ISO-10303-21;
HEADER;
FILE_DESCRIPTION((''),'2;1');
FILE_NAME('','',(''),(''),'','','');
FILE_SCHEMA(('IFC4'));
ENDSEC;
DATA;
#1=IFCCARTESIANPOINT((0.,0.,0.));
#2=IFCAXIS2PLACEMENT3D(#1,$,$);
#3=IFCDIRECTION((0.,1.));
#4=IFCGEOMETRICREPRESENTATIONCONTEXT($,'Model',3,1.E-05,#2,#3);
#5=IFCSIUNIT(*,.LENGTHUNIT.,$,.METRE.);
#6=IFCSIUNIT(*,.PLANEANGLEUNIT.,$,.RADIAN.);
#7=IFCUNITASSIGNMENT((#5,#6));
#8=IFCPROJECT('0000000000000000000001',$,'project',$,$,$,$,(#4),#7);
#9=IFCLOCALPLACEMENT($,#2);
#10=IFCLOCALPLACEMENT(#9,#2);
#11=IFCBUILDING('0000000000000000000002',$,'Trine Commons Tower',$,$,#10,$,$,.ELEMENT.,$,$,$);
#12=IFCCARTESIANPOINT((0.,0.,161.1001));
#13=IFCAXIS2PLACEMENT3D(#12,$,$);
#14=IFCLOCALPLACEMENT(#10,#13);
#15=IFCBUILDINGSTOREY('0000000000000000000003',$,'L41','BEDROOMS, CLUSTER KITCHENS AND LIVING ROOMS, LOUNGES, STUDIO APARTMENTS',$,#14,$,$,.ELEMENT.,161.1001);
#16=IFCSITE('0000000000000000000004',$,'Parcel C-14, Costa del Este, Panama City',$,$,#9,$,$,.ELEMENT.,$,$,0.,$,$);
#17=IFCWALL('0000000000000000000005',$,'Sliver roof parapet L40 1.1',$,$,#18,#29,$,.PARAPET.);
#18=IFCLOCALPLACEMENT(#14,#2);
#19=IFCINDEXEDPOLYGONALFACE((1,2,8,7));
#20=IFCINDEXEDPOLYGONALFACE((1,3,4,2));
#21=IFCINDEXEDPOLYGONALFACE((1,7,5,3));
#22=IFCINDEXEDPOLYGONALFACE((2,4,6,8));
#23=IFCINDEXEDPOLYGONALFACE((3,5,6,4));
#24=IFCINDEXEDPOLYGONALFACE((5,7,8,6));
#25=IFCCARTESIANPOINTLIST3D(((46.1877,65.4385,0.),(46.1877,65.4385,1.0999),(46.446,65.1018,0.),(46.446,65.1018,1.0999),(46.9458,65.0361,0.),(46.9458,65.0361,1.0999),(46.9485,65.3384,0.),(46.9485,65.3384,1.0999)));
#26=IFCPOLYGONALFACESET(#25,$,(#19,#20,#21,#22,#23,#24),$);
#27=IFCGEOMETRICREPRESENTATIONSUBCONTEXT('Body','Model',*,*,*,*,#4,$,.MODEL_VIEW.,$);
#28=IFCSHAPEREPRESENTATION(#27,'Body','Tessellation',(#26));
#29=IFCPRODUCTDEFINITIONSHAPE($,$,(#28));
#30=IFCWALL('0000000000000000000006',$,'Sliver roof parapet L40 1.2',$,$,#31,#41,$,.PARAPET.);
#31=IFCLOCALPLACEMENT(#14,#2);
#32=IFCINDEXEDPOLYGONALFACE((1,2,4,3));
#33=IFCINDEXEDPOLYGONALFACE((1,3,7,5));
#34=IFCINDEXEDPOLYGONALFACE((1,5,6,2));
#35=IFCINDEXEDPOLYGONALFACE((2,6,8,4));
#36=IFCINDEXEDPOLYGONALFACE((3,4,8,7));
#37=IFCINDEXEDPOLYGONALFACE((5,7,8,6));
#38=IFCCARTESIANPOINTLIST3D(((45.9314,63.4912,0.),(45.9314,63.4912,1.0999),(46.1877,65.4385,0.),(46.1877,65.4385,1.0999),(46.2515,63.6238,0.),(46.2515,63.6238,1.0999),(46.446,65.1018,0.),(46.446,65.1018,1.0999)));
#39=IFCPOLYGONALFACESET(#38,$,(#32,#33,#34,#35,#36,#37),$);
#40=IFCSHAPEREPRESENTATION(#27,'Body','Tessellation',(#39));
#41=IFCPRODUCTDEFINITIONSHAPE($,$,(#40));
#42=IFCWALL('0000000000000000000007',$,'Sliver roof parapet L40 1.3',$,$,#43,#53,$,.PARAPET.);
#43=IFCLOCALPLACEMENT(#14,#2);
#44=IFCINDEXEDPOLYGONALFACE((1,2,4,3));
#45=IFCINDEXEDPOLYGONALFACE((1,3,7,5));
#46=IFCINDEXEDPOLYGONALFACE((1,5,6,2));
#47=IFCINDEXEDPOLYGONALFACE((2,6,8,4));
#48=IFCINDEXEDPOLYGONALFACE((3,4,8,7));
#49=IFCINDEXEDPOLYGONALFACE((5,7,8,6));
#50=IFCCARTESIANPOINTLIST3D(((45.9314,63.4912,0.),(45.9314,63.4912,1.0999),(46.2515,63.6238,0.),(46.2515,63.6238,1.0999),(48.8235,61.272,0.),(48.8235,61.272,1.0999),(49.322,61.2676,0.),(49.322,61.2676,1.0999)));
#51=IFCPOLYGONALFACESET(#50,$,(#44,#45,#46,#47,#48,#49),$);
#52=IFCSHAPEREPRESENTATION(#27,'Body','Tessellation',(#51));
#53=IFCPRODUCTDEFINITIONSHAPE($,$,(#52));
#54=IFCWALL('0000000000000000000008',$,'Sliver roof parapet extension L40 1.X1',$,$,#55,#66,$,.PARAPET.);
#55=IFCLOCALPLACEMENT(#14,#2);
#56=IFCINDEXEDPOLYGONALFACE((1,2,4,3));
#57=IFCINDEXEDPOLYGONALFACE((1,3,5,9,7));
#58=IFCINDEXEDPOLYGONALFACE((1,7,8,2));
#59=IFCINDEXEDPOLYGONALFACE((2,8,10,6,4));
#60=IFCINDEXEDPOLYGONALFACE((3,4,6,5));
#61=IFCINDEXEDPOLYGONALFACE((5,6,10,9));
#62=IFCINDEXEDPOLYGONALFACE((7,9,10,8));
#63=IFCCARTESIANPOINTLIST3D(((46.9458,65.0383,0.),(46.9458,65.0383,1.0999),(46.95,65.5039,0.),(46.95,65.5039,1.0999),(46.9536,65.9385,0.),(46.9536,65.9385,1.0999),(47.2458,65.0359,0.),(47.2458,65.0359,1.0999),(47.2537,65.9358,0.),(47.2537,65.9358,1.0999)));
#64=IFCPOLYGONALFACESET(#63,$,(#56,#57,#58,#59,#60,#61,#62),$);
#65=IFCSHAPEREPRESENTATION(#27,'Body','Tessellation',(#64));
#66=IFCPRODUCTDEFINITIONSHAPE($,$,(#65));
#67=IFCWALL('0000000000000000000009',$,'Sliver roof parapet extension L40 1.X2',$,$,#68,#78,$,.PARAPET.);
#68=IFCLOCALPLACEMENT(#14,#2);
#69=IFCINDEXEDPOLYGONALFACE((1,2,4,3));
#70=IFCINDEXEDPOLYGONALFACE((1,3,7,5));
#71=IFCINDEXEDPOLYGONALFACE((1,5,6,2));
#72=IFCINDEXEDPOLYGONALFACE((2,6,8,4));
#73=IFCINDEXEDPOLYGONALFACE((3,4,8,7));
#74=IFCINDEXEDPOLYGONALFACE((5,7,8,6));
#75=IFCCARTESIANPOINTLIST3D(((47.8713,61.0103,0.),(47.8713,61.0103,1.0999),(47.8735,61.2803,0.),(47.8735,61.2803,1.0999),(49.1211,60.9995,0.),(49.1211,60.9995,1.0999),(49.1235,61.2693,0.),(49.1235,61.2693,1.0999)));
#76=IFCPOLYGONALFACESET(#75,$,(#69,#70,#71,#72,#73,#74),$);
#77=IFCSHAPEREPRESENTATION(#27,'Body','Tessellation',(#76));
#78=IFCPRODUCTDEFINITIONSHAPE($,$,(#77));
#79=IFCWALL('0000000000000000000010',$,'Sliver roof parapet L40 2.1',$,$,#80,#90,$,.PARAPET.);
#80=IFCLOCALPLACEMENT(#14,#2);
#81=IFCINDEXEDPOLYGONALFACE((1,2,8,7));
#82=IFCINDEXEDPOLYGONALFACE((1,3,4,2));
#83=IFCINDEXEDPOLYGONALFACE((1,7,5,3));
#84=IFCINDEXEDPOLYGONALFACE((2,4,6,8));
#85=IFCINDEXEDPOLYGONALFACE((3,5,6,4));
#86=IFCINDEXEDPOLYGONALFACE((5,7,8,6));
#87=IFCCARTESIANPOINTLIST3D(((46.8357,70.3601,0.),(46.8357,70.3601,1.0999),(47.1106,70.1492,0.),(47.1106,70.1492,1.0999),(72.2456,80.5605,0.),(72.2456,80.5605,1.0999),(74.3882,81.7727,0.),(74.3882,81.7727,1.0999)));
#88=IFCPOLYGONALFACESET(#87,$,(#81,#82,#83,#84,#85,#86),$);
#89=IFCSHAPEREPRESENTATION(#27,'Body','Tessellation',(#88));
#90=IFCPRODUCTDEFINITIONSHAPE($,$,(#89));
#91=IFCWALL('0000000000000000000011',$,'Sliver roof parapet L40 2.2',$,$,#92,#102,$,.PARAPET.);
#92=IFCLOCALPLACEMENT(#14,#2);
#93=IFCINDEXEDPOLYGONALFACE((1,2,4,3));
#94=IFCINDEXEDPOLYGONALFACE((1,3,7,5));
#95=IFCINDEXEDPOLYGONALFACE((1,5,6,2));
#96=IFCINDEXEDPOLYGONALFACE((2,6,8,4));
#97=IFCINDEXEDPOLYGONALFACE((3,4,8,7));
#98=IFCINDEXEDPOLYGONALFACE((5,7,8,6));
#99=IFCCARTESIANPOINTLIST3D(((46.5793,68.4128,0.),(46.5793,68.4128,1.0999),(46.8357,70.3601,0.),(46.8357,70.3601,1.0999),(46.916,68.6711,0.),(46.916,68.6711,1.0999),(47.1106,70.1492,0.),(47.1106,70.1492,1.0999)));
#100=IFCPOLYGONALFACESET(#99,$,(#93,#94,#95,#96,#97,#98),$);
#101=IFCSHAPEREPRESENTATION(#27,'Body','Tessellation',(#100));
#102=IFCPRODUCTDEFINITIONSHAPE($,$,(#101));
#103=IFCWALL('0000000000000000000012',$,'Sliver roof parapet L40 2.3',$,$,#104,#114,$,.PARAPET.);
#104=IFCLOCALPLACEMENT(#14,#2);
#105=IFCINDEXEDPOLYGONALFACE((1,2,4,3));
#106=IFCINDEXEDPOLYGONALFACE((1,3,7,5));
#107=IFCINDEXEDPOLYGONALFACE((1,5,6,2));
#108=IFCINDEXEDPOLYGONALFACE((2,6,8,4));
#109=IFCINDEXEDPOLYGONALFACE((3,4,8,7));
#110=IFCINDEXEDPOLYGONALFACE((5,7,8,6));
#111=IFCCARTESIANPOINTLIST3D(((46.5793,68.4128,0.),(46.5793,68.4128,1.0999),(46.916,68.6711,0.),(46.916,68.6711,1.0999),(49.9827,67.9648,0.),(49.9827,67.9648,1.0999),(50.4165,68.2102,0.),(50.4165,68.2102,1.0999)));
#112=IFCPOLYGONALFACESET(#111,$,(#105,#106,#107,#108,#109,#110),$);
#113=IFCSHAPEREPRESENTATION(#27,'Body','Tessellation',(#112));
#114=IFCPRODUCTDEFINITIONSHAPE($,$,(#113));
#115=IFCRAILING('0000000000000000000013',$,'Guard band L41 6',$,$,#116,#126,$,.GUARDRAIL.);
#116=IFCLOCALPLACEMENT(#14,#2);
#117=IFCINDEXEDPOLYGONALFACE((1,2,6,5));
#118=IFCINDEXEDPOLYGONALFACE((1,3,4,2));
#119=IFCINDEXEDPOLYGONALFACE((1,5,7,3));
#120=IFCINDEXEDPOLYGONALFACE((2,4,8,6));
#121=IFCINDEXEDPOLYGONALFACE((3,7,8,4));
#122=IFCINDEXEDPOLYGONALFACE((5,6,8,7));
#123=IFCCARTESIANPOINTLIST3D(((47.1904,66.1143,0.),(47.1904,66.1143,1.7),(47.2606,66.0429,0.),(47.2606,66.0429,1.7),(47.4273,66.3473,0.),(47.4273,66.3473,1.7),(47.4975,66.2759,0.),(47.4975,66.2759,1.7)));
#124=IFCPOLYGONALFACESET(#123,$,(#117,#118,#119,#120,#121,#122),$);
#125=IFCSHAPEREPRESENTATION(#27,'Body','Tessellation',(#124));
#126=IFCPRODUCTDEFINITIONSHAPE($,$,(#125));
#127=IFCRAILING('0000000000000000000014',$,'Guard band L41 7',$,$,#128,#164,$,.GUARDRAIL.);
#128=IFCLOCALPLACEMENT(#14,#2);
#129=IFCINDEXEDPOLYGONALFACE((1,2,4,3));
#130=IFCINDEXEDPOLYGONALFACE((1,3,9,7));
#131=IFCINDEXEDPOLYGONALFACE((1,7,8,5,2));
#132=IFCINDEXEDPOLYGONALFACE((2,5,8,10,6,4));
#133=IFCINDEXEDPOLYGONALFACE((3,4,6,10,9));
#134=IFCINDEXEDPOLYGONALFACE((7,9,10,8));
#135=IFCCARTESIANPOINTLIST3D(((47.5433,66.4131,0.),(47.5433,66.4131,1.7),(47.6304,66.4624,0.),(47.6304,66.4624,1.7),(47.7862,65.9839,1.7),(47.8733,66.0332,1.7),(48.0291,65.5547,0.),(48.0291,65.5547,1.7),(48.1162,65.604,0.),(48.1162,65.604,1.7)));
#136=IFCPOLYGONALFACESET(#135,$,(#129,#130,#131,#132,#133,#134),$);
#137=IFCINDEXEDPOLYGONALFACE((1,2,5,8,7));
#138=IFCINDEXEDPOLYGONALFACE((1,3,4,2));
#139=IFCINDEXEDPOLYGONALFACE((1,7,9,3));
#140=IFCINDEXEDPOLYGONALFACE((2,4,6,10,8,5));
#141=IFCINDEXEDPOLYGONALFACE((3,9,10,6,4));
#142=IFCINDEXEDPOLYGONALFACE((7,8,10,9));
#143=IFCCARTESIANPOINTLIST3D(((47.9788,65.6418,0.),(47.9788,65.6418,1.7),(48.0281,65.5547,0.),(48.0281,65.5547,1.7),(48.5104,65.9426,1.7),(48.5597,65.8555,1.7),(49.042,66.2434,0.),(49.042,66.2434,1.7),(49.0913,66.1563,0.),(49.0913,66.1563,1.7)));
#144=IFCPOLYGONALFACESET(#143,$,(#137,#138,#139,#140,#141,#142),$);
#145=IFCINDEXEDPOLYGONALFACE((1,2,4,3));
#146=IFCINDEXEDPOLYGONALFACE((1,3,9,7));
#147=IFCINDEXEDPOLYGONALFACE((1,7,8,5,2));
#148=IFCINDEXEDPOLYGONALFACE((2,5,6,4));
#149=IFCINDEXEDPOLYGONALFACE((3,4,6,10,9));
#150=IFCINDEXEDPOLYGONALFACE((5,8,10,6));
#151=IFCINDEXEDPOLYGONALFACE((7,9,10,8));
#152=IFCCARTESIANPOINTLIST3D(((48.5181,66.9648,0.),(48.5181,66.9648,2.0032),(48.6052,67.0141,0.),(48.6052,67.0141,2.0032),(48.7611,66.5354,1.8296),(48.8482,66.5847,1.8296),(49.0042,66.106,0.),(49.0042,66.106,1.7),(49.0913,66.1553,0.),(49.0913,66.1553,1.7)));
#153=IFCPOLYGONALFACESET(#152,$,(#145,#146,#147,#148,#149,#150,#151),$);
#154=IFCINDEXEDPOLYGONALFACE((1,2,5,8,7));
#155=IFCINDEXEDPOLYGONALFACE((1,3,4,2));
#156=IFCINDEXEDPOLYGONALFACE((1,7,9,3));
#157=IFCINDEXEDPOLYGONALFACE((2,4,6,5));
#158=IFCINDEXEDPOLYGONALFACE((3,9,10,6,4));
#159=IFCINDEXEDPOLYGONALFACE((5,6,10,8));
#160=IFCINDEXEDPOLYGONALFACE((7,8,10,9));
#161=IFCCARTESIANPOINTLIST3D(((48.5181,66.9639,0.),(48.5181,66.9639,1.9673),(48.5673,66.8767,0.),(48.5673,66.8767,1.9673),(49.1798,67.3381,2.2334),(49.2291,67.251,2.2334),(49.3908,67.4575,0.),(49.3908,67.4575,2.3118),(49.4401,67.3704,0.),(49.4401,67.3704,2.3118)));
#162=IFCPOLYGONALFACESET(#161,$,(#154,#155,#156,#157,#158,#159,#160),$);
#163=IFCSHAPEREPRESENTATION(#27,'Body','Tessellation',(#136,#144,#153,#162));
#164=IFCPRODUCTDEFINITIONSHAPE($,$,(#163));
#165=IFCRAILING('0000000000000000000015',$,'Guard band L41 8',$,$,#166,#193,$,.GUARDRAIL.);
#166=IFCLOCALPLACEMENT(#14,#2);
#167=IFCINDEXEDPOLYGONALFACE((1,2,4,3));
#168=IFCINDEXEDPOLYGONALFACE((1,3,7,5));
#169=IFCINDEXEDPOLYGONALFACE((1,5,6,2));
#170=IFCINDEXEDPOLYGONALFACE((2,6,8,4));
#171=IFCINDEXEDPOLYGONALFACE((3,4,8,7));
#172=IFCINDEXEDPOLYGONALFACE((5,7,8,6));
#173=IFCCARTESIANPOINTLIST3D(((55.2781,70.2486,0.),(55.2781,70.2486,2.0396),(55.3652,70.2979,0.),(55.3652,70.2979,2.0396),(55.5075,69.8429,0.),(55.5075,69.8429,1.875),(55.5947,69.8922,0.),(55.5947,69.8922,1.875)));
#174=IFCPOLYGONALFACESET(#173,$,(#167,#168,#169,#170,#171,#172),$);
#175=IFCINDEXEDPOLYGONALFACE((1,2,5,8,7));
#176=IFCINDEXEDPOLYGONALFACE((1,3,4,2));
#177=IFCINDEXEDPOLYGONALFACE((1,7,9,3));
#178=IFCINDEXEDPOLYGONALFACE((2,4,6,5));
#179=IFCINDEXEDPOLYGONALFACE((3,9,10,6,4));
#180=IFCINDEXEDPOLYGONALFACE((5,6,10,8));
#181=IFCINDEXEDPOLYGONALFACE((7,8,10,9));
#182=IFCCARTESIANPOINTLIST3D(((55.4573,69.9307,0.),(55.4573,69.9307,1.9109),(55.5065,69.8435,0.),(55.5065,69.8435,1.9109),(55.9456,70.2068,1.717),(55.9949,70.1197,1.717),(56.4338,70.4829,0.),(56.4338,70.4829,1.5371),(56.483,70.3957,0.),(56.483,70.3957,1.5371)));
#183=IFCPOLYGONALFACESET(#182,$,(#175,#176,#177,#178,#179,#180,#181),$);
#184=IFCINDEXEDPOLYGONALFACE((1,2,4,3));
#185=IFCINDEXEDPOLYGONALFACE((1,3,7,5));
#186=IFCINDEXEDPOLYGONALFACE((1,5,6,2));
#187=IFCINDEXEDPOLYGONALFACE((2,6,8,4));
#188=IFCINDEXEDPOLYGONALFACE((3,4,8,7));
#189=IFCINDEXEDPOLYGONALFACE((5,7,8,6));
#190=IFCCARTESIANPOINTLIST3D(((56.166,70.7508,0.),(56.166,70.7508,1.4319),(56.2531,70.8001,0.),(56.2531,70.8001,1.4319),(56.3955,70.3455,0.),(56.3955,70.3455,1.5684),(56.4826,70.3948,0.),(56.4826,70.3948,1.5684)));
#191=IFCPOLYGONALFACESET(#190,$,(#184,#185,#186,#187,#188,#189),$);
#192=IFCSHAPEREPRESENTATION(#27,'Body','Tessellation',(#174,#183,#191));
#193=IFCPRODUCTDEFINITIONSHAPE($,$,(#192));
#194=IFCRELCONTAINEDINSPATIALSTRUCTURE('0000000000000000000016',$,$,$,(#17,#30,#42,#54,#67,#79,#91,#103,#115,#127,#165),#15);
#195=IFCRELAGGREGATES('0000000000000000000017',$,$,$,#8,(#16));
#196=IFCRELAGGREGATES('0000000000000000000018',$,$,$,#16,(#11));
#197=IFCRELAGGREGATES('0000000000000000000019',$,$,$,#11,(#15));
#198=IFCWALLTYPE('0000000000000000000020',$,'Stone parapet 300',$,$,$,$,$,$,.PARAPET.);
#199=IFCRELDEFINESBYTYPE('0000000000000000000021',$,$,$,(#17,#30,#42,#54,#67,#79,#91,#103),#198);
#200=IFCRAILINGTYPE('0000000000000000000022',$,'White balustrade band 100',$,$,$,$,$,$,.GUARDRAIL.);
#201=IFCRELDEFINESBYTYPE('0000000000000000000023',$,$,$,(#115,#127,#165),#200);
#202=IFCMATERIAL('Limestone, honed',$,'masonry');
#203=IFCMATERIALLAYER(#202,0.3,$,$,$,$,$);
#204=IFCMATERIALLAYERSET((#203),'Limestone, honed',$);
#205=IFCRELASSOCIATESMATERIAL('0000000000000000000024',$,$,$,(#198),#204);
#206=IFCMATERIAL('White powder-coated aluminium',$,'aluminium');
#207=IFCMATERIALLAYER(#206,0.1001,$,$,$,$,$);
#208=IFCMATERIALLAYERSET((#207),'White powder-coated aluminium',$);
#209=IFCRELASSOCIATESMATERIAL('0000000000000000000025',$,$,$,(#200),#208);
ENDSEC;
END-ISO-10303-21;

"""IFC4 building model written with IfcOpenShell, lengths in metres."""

from ifc_helpers import new_model, si_unit, direction, frame, origin, place, context, subcontext, project, spatial, polyline, outline, extrude, material, layer, layer_set, type_object, element, save


model = new_model("IFC4")

# Units and contexts
model_context = context("Model", 3, precision=1e-05, world=origin(), true_north=direction((0.0, 1.0)))
body_context = subcontext(model_context, "Body", "Model", "MODEL_VIEW")
ifc_project = project(units=[si_unit("LENGTHUNIT", "METRE"), si_unit("PLANEANGLEUNIT", "RADIAN")], contexts=[model_context])

# Site, building, storey
site_placement = place(None, origin())
site = spatial("IfcSite", under=ifc_project, at=site_placement, Name="Parcel C-14, Costa del Este, Panama City", CompositionType="ELEMENT", RefElevation=0.0)
building_placement = place(site_placement, origin())
building = spatial("IfcBuilding", under=site, at=building_placement, Name="Trine Commons Tower", CompositionType="ELEMENT")
storey_placement = place(building_placement, frame((0.0, 0.0, 161.1001)))
storey = spatial("IfcBuildingStorey", under=building, at=storey_placement, Name="L41", Description="BEDROOMS, CLUSTER KITCHENS AND LIVING ROOMS, LOUNGES, STUDIO APARTMENTS", CompositionType="ELEMENT", Elevation=161.1001)

# Walls
ifc_material_1 = material(Name="Limestone, honed", Category="masonry")
ifc_layer_1 = layer(ifc_material_1, 0.3)
ifc_layer_set_1 = layer_set([ifc_layer_1], Name="Limestone, honed")
wall_type = type_object("IfcWallType", Name="Stone parapet 300", PredefinedType="PARAPET", material=ifc_layer_set_1)
wall_1_placement = place(storey_placement, origin())
element("IfcWall", 1, at=wall_1_placement, inside=storey, type_object=wall_type, Name="Sliver roof parapet L40 1.1", PredefinedType="PARAPET", context=body_context, shape_type="SweptSolid", body=[
    extrude(outline(polyline([(46.9485, 65.3384), (46.1877, 65.4385), (46.446, 65.1018), (46.9458, 65.0361), (46.9485, 65.3384)])), origin(), (0.0, 0.0, 1.0), 1.0999),
])
wall_2_placement = place(storey_placement, origin())
element("IfcWall", 2, at=wall_2_placement, inside=storey, type_object=wall_type, Name="Sliver roof parapet L40 1.2", PredefinedType="PARAPET", context=body_context, shape_type="SweptSolid", body=[
    extrude(outline(polyline([(46.1877, 65.4385), (45.9314, 63.4912), (46.2515, 63.6238), (46.446, 65.1018), (46.1877, 65.4385)])), origin(), (0.0, 0.0, 1.0), 1.0999),
])
wall_3_placement = place(storey_placement, origin())
element("IfcWall", 3, at=wall_3_placement, inside=storey, type_object=wall_type, Name="Sliver roof parapet L40 1.3", PredefinedType="PARAPET", context=body_context, shape_type="SweptSolid", body=[
    extrude(outline(polyline([(45.9314, 63.4912), (48.8235, 61.272), (49.322, 61.2676), (46.2515, 63.6238), (45.9314, 63.4912)])), origin(), (0.0, 0.0, 1.0), 1.0999),
])
wall_4_placement = place(storey_placement, origin())
element("IfcWall", 4, at=wall_4_placement, inside=storey, type_object=wall_type, Name="Sliver roof parapet extension L40 1.X1", PredefinedType="PARAPET", context=body_context, shape_type="SweptSolid", body=[
    extrude(outline(polyline([(46.9458, 65.0383), (47.2458, 65.0359), (47.2537, 65.9358), (46.9536, 65.9385), (46.95, 65.5039), (46.9458, 65.0383)])), origin(), (0.0, 0.0, 1.0), 1.0999),
])
wall_5_placement = place(storey_placement, origin())
element("IfcWall", 5, at=wall_5_placement, inside=storey, type_object=wall_type, Name="Sliver roof parapet extension L40 1.X2", PredefinedType="PARAPET", context=body_context, shape_type="SweptSolid", body=[
    extrude(outline(polyline([(49.1211, 60.9995), (49.1235, 61.2693), (47.8735, 61.2803), (47.8713, 61.0103), (49.1211, 60.9995)])), origin(), (0.0, 0.0, 1.0), 1.0999),
])
wall_6_placement = place(storey_placement, origin())
element("IfcWall", 6, at=wall_6_placement, inside=storey, type_object=wall_type, Name="Sliver roof parapet L40 2.1", PredefinedType="PARAPET", context=body_context, shape_type="SweptSolid", body=[
    extrude(outline(polyline([(74.3882, 81.7727), (46.8357, 70.3601), (47.1106, 70.1492), (72.2456, 80.5605), (74.3882, 81.7727)])), origin(), (0.0, 0.0, 1.0), 1.0999),
])
wall_7_placement = place(storey_placement, origin())
element("IfcWall", 7, at=wall_7_placement, inside=storey, type_object=wall_type, Name="Sliver roof parapet L40 2.2", PredefinedType="PARAPET", context=body_context, shape_type="SweptSolid", body=[
    extrude(outline(polyline([(46.8357, 70.3601), (46.5793, 68.4128), (46.916, 68.6711), (47.1106, 70.1492), (46.8357, 70.3601)])), origin(), (0.0, 0.0, 1.0), 1.0999),
])
wall_8_placement = place(storey_placement, origin())
element("IfcWall", 8, at=wall_8_placement, inside=storey, type_object=wall_type, Name="Sliver roof parapet L40 2.3", PredefinedType="PARAPET", context=body_context, shape_type="SweptSolid", body=[
    extrude(outline(polyline([(46.5793, 68.4128), (49.9827, 67.9648), (50.4165, 68.2102), (46.916, 68.6711), (46.5793, 68.4128)])), origin(), (0.0, 0.0, 1.0), 1.0999),
])

# Railings
ifc_material_2 = material(Name="White powder-coated aluminium", Category="aluminium")
ifc_layer_2 = layer(ifc_material_2, 0.1001)
ifc_layer_set_2 = layer_set([ifc_layer_2], Name="White powder-coated aluminium")
railing_type = type_object("IfcRailingType", Name="White balustrade band 100", PredefinedType="GUARDRAIL", material=ifc_layer_set_2)
railing_1_placement = place(storey_placement, origin())
element("IfcRailing", 9, at=railing_1_placement, inside=storey, type_object=railing_type, Name="Guard band L41 6", PredefinedType="GUARDRAIL", context=body_context, shape_type="SweptSolid", body=[
    extrude(outline(polyline([(0.0, 0.0), (0.3323, 0.0), (0.3323, 1.7), (0.0, 1.7), (0.0, 0.0)])), frame((47.1904, 66.1143, 0.0), z_axis=(0.701202, -0.712962, 0.0), x_axis=(0.712962, 0.701202, 0.0)), (0.0, 0.0, 1.0), 0.1001),
])
railing_2_placement = place(storey_placement, origin())
element("IfcRailing", 10, at=railing_2_placement, inside=storey, type_object=railing_type, Name="Guard band L41 7", PredefinedType="GUARDRAIL", context=body_context, shape_type="SweptSolid", body=[
    extrude(outline(polyline([(0.0, 0.0), (0.9863, 0.0), (0.9863, 1.7), (0.4932, 1.7), (0.0, 1.7), (0.0, 0.0)])), frame((47.6304, 66.4624, 0.0), z_axis=(-0.870277, -0.492563, 0.0), x_axis=(0.492563, -0.870277, 0.0)), (0.0, 0.0, 1.0), 0.1001),
    extrude(outline(polyline([(0.0, 0.0), (1.2217, 0.0), (1.2217, 1.7), (0.6108, 1.7), (0.0, 1.7), (0.0, 0.0)])), frame((47.9788, 65.6418, 0.0), z_axis=(0.492433, -0.870351, 0.0), x_axis=(0.870351, 0.492433, 0.0)), (0.0, 0.0, 1.0), 0.1001),
    extrude(outline(polyline([(0.0, 0.0), (0.9868, 0.0), (0.9868, 2.0032), (0.4934, 1.8296), (0.0, 1.7), (0.0, 0.0)])), frame((49.0042, 66.106, 0.0), z_axis=(0.870291, 0.492538, 0.0), x_axis=(-0.492538, 0.870291, 0.0)), (0.0, 0.0, 1.0), 0.1001),
    extrude(outline(polyline([(0.0, 0.0), (1.0027, 0.0), (1.0027, 2.3118), (0.7603, 2.2334), (0.0, 1.9673), (0.0, 0.0)])), frame((48.5181, 66.9639, 0.0), z_axis=(0.492306, -0.870422, 0.0), x_axis=(0.870422, 0.492306, 0.0)), (0.0, 0.0, 1.0), 0.1001),
])
railing_3_placement = place(storey_placement, origin())
element("IfcRailing", 11, at=railing_3_placement, inside=storey, type_object=railing_type, Name="Guard band L41 8", PredefinedType="GUARDRAIL", context=body_context, shape_type="SweptSolid", body=[
    extrude(outline(polyline([(0.0, 0.0), (0.4661, 0.0), (0.4661, 1.875), (0.4661, 1.875), (0.0, 2.0396), (0.0, 0.0)])), frame((55.3652, 70.2979, 0.0), z_axis=(-0.870426, -0.492299, 0.0), x_axis=(0.492299, -0.870426, 0.0)), (0.0, 0.0, 1.0), 0.1001),
    extrude(outline(polyline([(0.0, 0.0), (1.1218, 0.0), (1.1218, 1.5371), (0.561, 1.717), (0.0, 1.9109), (0.0, 0.0)])), frame((55.4573, 69.9307, 0.0), z_axis=(0.492244, -0.870457, 0.0), x_axis=(0.870457, 0.492244, 0.0)), (0.0, 0.0, 1.0), 0.1001),
    extrude(outline(polyline([(0.0, 0.0), (0.4658, 0.0), (0.4658, 1.4319), (0.0, 1.5684), (0.0, 0.0)])), frame((56.3955, 70.3455, 0.0), z_axis=(0.870172, 0.492748, 0.0), x_axis=(-0.492748, 0.870172, 0.0)), (0.0, 0.0, 1.0), 0.1001),
])

save(model, "model.ifc")
